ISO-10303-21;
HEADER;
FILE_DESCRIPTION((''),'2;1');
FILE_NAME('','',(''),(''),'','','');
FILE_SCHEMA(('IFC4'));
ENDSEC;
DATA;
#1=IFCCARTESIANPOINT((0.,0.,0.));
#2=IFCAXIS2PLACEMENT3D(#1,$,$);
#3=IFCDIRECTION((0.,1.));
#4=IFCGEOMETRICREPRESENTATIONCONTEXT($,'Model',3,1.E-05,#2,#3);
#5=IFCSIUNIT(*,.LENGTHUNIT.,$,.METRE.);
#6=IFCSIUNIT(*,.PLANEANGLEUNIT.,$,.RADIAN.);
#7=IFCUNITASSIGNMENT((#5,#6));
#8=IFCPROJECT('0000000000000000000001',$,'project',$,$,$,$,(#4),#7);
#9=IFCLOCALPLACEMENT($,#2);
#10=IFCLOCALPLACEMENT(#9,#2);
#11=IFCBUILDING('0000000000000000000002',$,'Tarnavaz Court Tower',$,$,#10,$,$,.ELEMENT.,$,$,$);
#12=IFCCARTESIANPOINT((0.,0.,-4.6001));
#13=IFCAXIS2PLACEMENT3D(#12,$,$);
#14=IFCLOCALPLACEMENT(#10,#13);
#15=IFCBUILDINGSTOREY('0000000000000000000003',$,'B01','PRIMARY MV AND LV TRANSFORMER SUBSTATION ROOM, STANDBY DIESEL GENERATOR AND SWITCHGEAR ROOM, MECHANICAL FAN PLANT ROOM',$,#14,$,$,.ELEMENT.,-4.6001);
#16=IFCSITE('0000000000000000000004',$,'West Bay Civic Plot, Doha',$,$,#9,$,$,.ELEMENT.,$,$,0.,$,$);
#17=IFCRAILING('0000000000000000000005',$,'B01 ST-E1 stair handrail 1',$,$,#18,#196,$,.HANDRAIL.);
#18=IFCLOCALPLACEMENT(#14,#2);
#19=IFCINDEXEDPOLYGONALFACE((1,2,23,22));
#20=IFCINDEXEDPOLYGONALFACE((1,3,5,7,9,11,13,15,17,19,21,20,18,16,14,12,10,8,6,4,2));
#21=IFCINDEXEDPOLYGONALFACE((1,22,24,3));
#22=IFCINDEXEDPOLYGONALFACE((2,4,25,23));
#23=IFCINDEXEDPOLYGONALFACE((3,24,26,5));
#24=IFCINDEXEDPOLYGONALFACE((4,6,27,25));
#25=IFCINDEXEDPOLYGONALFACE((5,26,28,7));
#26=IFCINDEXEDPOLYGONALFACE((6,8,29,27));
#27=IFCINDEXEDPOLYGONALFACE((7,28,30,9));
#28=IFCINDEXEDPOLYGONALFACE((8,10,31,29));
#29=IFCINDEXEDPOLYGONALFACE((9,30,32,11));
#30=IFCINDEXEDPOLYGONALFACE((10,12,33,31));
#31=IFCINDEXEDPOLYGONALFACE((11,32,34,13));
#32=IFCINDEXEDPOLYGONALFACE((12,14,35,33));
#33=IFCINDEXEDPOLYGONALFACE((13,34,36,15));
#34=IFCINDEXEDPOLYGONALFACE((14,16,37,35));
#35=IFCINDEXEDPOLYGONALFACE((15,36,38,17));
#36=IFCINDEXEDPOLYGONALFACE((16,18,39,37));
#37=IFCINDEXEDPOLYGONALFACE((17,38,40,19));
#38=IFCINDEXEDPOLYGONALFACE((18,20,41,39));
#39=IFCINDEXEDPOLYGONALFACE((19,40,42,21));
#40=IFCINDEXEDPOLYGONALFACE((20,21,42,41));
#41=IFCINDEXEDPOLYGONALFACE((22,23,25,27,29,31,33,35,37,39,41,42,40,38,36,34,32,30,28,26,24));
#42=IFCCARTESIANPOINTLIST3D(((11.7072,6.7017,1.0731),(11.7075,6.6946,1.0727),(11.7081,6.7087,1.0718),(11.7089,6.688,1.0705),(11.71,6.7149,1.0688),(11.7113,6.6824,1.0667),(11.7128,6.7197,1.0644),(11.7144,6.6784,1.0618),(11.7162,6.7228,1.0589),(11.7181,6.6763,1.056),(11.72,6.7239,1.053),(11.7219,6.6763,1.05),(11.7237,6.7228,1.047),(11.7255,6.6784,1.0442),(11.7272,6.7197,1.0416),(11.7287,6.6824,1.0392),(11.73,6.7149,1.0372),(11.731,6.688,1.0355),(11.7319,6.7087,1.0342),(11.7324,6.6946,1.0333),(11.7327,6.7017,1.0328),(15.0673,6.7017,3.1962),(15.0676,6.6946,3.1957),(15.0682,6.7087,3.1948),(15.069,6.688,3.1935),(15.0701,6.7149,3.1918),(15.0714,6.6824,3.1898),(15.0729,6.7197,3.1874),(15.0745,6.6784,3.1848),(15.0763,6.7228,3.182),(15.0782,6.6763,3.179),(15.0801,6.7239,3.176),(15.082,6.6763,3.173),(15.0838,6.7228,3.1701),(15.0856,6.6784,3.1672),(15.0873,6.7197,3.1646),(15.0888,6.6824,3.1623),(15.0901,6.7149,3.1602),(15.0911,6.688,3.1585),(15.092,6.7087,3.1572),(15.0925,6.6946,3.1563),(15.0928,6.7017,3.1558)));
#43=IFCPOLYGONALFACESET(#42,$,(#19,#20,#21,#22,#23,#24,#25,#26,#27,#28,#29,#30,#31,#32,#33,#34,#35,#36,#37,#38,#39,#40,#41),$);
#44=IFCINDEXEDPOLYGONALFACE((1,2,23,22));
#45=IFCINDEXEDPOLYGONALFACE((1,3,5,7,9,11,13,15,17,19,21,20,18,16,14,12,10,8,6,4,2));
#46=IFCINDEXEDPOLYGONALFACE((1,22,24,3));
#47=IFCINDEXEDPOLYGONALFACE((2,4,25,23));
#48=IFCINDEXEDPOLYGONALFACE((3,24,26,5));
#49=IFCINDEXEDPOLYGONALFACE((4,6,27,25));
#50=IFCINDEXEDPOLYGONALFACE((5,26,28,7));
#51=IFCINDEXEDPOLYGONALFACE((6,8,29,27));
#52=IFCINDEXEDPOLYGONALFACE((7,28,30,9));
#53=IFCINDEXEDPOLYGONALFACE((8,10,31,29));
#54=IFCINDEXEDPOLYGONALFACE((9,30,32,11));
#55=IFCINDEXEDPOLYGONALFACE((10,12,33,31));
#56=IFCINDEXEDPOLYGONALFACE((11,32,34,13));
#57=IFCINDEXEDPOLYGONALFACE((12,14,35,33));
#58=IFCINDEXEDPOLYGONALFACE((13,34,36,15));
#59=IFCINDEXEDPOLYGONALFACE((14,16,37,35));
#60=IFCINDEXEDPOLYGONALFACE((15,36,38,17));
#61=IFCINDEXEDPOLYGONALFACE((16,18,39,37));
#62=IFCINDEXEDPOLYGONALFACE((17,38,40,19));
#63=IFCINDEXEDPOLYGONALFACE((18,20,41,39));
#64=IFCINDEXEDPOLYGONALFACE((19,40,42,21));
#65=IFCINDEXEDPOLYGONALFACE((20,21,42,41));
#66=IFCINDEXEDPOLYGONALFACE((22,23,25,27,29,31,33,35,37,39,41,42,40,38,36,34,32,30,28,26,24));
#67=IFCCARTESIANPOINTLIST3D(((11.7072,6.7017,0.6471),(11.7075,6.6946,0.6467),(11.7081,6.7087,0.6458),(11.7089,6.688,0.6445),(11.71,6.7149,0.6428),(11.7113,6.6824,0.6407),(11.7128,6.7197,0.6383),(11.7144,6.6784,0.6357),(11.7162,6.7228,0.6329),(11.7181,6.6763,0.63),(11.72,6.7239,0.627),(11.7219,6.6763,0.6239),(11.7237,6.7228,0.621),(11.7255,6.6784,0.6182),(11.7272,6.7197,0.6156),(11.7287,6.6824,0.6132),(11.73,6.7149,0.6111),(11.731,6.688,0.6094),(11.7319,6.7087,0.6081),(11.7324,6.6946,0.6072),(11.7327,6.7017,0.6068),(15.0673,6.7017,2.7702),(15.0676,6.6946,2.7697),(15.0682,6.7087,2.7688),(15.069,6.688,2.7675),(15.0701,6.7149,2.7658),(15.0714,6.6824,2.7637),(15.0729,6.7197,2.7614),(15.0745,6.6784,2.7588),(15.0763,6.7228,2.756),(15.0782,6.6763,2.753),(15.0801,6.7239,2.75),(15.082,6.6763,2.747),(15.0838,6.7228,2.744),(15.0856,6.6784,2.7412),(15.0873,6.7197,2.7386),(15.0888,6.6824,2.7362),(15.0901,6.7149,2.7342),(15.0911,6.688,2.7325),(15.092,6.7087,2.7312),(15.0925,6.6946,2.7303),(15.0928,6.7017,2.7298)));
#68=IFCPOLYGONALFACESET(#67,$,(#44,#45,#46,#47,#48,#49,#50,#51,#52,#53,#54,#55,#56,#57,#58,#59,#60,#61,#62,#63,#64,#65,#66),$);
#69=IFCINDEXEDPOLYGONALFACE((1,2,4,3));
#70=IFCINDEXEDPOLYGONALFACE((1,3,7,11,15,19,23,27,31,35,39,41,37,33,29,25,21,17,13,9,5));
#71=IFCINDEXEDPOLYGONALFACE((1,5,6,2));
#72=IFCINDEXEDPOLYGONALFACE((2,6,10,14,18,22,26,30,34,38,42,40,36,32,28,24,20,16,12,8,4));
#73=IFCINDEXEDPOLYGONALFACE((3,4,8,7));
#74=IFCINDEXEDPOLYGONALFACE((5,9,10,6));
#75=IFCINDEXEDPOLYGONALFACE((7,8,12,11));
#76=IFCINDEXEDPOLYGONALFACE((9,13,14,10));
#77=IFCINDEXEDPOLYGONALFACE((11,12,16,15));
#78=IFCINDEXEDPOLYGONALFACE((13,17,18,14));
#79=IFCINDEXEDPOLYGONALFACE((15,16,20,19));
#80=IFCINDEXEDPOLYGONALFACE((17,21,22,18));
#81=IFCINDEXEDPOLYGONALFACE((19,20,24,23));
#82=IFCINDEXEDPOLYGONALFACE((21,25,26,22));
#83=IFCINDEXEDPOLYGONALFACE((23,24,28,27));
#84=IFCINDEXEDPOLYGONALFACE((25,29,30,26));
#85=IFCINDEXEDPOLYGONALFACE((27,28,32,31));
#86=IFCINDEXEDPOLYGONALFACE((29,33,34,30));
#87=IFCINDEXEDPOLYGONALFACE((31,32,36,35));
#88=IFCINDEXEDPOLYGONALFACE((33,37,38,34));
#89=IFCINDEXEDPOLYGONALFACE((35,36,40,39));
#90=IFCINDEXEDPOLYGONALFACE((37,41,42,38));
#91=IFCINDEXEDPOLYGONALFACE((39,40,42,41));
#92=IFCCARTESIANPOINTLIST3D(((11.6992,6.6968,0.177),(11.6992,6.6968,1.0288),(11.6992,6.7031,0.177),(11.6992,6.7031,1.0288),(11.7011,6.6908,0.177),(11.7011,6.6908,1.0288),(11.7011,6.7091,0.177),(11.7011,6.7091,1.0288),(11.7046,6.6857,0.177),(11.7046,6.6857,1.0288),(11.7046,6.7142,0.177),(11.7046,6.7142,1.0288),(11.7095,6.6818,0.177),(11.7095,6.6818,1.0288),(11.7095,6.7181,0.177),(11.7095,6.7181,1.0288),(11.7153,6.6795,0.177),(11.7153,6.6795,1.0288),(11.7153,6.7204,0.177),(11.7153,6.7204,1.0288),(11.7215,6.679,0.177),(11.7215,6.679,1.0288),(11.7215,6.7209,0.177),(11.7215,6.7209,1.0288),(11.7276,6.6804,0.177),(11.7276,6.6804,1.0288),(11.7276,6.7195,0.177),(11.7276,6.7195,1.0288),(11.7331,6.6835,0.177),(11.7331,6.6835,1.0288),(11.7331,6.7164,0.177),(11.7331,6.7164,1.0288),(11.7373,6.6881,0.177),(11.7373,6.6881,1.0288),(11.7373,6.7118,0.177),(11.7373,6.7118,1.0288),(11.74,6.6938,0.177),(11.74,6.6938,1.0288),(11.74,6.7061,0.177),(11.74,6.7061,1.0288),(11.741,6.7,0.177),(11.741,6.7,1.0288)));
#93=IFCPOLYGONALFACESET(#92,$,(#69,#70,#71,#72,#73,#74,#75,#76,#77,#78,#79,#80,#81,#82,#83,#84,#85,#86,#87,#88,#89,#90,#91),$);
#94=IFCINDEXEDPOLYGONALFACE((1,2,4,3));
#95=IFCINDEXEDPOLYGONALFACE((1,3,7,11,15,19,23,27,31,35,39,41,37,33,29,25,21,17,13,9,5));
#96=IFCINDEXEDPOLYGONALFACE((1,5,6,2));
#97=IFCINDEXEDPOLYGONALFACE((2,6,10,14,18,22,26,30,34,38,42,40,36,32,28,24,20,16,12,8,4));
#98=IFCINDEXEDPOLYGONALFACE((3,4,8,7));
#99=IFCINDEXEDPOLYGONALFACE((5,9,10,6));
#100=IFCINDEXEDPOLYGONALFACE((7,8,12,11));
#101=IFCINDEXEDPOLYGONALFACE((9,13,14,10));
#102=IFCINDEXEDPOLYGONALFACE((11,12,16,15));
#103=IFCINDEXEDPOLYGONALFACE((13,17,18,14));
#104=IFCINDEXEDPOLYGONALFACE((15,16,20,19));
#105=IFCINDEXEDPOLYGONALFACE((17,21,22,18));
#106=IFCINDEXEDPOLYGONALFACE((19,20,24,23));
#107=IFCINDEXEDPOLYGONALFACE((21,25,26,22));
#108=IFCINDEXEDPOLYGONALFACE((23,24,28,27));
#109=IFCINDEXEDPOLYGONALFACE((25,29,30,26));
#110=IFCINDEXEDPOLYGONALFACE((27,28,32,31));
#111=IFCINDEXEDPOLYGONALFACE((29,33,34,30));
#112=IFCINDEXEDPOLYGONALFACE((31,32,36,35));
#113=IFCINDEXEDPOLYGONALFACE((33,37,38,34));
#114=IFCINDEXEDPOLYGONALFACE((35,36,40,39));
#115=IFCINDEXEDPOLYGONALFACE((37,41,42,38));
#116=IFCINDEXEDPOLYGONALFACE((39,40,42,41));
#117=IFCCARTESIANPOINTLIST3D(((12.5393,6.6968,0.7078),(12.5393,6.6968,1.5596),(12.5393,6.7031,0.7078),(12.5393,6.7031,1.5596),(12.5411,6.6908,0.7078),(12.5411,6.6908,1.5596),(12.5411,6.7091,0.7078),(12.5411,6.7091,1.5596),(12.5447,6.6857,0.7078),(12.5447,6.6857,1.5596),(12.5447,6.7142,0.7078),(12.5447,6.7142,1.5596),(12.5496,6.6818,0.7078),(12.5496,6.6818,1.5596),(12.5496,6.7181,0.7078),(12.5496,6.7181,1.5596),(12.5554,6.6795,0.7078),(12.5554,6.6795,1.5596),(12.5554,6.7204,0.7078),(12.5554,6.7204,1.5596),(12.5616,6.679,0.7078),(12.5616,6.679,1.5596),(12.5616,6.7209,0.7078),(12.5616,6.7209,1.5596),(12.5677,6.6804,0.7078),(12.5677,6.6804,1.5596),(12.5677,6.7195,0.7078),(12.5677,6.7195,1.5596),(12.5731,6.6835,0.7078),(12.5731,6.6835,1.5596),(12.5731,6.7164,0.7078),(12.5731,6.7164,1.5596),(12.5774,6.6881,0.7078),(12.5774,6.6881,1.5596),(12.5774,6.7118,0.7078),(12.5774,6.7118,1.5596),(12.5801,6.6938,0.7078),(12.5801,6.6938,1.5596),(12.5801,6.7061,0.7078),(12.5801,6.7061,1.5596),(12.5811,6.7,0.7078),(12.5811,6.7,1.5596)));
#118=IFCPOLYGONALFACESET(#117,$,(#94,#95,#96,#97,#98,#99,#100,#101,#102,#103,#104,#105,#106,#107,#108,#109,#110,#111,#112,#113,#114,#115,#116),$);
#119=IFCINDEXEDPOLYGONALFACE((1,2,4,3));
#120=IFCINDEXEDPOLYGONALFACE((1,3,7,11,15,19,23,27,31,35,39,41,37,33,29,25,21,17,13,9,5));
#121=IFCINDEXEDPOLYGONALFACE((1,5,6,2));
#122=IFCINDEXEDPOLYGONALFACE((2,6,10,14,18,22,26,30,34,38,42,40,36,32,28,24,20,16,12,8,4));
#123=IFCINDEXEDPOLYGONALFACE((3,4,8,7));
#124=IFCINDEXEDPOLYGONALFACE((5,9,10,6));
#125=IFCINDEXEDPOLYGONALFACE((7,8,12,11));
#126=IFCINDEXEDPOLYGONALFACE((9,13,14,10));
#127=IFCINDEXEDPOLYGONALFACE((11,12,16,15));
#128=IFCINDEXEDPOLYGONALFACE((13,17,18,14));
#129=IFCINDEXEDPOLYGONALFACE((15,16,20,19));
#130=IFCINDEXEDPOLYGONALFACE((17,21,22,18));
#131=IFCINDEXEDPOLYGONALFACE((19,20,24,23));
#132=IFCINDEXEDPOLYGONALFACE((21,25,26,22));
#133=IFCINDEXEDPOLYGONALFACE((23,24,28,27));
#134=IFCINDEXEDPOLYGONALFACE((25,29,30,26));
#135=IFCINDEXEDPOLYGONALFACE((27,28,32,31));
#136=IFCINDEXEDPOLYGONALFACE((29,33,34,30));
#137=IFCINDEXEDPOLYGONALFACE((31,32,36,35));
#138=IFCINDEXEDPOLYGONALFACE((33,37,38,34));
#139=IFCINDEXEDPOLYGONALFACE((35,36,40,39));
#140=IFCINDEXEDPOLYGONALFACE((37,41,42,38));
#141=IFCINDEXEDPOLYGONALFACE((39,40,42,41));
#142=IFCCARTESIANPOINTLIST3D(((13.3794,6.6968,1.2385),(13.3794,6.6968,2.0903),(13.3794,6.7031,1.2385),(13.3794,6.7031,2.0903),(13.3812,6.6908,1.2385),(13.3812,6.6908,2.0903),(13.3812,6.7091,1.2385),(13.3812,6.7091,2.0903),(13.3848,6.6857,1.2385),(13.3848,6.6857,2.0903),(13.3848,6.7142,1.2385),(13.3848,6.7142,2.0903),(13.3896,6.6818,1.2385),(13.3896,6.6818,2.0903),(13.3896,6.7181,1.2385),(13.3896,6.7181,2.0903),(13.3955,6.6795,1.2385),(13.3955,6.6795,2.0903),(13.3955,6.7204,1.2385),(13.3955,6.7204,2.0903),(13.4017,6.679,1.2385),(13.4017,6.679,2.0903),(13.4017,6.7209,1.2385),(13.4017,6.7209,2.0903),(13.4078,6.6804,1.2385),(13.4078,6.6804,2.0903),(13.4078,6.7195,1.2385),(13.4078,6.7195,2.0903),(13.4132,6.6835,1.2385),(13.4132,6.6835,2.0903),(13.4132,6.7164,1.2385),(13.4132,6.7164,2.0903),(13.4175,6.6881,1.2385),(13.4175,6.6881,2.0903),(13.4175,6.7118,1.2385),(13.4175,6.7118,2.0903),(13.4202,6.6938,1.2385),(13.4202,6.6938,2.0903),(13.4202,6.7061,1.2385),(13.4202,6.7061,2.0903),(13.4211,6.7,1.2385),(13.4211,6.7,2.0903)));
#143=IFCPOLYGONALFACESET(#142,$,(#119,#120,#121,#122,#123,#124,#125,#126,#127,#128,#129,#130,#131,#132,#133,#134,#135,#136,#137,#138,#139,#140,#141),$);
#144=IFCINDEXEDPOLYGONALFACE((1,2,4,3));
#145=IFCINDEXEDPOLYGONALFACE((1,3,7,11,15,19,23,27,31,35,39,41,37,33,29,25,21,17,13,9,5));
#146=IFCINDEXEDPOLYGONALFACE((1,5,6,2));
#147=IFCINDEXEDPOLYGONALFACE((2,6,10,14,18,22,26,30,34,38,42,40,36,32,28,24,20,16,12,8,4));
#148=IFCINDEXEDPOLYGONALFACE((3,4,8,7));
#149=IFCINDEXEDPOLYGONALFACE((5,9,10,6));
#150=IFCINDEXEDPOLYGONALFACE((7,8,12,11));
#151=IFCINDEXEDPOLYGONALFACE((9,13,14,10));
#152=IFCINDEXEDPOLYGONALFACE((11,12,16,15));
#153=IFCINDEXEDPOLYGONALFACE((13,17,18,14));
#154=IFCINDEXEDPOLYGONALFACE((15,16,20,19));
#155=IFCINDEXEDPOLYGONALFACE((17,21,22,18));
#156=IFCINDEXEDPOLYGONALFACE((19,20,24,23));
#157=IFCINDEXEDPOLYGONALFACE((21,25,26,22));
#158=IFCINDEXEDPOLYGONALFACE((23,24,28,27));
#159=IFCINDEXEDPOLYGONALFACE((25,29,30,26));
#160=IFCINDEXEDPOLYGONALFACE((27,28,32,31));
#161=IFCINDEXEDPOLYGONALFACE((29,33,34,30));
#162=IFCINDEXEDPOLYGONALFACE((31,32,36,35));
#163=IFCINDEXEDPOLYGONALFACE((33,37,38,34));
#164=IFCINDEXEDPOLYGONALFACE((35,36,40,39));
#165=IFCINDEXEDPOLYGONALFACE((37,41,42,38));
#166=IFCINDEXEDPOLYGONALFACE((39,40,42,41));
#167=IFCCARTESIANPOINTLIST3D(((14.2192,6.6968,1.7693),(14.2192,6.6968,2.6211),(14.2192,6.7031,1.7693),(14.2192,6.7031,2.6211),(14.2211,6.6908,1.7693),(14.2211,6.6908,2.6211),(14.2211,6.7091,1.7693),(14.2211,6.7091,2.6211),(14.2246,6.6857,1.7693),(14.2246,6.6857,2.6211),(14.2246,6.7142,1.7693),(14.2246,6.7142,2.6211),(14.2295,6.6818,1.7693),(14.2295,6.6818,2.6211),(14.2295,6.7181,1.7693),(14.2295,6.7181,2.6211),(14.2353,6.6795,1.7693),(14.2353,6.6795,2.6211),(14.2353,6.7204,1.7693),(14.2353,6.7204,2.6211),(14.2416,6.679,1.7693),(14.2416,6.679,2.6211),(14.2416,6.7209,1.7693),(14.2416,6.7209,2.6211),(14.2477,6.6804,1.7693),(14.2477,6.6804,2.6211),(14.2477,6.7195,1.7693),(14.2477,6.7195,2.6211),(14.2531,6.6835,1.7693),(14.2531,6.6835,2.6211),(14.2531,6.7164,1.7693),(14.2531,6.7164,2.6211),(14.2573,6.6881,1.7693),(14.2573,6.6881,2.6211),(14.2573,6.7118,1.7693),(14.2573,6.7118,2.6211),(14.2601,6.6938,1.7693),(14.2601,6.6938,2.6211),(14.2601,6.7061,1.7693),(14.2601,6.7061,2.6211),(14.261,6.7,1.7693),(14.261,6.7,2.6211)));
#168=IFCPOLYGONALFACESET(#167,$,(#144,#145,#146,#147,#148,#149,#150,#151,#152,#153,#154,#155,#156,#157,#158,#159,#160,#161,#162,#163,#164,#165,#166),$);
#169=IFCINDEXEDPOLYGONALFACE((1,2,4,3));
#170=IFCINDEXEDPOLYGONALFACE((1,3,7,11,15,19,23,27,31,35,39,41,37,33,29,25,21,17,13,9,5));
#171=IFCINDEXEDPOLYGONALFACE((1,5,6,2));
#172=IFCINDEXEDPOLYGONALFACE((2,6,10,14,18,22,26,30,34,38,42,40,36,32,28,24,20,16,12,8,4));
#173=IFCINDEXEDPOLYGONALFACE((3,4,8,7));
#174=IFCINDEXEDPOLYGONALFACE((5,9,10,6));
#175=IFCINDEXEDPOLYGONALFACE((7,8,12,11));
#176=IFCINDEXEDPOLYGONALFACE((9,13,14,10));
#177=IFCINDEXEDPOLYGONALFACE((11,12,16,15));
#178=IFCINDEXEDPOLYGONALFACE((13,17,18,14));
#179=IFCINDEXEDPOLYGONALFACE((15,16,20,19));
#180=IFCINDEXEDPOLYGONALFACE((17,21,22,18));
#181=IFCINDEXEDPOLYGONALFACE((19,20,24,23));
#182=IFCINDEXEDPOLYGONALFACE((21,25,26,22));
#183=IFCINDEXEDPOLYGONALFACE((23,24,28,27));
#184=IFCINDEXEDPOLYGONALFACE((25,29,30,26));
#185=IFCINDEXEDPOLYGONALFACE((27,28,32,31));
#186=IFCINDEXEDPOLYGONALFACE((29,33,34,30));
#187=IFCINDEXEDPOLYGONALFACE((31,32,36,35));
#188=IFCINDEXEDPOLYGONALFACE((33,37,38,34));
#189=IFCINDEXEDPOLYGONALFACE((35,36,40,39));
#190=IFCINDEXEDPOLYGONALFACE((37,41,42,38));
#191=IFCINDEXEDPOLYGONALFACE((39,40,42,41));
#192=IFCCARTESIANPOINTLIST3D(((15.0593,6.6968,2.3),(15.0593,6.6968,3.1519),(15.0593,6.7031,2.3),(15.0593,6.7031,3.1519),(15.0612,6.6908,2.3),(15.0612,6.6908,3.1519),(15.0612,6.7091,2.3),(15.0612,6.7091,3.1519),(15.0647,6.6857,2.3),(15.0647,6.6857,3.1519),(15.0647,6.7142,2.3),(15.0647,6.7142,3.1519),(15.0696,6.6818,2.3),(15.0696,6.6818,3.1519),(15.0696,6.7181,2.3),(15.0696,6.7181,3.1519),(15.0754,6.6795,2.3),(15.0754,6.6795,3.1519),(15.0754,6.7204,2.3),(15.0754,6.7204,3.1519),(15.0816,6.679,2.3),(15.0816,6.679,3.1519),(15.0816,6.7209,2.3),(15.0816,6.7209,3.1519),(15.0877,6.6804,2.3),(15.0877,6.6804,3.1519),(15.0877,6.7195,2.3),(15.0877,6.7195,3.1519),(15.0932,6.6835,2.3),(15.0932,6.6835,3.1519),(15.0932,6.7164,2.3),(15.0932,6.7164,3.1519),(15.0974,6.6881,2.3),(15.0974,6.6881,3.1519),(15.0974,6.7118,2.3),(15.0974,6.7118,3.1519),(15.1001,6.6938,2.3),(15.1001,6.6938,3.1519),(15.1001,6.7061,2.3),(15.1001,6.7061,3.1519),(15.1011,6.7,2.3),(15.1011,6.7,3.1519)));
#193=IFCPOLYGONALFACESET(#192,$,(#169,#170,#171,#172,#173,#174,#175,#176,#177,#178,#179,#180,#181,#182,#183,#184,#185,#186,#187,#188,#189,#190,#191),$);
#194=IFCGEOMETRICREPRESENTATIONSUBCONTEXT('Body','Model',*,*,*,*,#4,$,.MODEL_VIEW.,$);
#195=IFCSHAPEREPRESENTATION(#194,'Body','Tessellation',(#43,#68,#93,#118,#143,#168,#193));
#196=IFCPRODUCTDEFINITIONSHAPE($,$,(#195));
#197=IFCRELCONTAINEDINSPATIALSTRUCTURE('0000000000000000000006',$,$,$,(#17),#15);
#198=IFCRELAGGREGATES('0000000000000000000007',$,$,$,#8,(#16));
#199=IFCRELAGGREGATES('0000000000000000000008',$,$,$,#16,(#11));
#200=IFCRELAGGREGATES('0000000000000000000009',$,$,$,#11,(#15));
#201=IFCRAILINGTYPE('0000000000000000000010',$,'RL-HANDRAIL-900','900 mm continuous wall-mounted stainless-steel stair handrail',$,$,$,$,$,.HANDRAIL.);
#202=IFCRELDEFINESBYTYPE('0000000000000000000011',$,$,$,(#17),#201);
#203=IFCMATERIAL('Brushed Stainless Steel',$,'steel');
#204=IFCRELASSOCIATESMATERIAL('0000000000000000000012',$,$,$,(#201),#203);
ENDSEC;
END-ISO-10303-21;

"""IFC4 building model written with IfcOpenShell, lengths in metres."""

from ifc_helpers import new_model, si_unit, direction, frame, origin, origin_2d, place, context, subcontext, project, spatial, circle, extrude, material, type_object, element, save


model = new_model("IFC4")

# Units and contexts
model_context = context("Model", 3, precision=1e-05, world=origin(), true_north=direction((0.0, 1.0)))
body_context = subcontext(model_context, "Body", "Model", "MODEL_VIEW")
ifc_project = project(units=[si_unit("LENGTHUNIT", "METRE"), si_unit("PLANEANGLEUNIT", "RADIAN")], contexts=[model_context])

# Site, building, storey
site_placement = place(None, origin())
site = spatial("IfcSite", under=ifc_project, at=site_placement, Name="West Bay Civic Plot, Doha", CompositionType="ELEMENT", RefElevation=0.0)
building_placement = place(site_placement, origin())
building = spatial("IfcBuilding", under=site, at=building_placement, Name="Tarnavaz Court Tower", CompositionType="ELEMENT")
storey_placement = place(building_placement, frame((0.0, 0.0, -4.6001)))
storey = spatial("IfcBuildingStorey", under=building, at=storey_placement, Name="B01", Description="PRIMARY MV AND LV TRANSFORMER SUBSTATION ROOM, STANDBY DIESEL GENERATOR AND SWITCHGEAR ROOM, MECHANICAL FAN PLANT ROOM", CompositionType="ELEMENT", Elevation=-4.6001)

# Railing
ifc_material_1 = material(Name="Brushed Stainless Steel", Category="steel")
railing_type_1 = type_object("IfcRailingType", Name="RL-HANDRAIL-900", Description="900 mm continuous wall-mounted stainless-steel stair handrail", PredefinedType="HANDRAIL", material=ifc_material_1)
railing_1_placement = place(storey_placement, frame((11.72, 6.7, 0.177)))
element("IfcRailing", 1, at=railing_1_placement, inside=storey, type_object=railing_type_1, Name="B01 ST-E1 stair handrail 1", PredefinedType="HANDRAIL", context=body_context, shape_type="SweptSolid", body=[
    extrude(circle(Radius=0.0239, at=origin_2d()), frame((0.0, 0.0, 0.876), z_axis=(0.84539, 0.0, 0.53415), x_axis=(0.0, 1.0, 0.0)), (0.0, 0.0, 1.0), 3.9746),
    extrude(circle(Radius=0.0239, at=origin_2d()), frame((0.0, 0.0, 0.45), z_axis=(0.84539, 0.0, 0.53415), x_axis=(0.0, 1.0, 0.0)), (0.0, 0.0, 1.0), 3.9746),
    extrude(circle(Radius=0.021, at=origin_2d()), origin(), (0.0, 0.0, 1.0), 0.8518),
    extrude(circle(Radius=0.021, at=origin_2d()), frame((0.8401, 0.0, 0.5308)), (0.0, 0.0, 1.0), 0.8518),
    extrude(circle(Radius=0.021, at=origin_2d()), frame((1.6802, 0.0, 1.0615)), (0.0, 0.0, 1.0), 0.8518),
    extrude(circle(Radius=0.021, at=origin_2d()), frame((2.52, 0.0, 1.5923)), (0.0, 0.0, 1.0), 0.8518),
    extrude(circle(Radius=0.021, at=origin_2d()), frame((3.3601, 0.0, 2.123)), (0.0, 0.0, 1.0), 0.8518),
])

save(model, "model.ifc")
